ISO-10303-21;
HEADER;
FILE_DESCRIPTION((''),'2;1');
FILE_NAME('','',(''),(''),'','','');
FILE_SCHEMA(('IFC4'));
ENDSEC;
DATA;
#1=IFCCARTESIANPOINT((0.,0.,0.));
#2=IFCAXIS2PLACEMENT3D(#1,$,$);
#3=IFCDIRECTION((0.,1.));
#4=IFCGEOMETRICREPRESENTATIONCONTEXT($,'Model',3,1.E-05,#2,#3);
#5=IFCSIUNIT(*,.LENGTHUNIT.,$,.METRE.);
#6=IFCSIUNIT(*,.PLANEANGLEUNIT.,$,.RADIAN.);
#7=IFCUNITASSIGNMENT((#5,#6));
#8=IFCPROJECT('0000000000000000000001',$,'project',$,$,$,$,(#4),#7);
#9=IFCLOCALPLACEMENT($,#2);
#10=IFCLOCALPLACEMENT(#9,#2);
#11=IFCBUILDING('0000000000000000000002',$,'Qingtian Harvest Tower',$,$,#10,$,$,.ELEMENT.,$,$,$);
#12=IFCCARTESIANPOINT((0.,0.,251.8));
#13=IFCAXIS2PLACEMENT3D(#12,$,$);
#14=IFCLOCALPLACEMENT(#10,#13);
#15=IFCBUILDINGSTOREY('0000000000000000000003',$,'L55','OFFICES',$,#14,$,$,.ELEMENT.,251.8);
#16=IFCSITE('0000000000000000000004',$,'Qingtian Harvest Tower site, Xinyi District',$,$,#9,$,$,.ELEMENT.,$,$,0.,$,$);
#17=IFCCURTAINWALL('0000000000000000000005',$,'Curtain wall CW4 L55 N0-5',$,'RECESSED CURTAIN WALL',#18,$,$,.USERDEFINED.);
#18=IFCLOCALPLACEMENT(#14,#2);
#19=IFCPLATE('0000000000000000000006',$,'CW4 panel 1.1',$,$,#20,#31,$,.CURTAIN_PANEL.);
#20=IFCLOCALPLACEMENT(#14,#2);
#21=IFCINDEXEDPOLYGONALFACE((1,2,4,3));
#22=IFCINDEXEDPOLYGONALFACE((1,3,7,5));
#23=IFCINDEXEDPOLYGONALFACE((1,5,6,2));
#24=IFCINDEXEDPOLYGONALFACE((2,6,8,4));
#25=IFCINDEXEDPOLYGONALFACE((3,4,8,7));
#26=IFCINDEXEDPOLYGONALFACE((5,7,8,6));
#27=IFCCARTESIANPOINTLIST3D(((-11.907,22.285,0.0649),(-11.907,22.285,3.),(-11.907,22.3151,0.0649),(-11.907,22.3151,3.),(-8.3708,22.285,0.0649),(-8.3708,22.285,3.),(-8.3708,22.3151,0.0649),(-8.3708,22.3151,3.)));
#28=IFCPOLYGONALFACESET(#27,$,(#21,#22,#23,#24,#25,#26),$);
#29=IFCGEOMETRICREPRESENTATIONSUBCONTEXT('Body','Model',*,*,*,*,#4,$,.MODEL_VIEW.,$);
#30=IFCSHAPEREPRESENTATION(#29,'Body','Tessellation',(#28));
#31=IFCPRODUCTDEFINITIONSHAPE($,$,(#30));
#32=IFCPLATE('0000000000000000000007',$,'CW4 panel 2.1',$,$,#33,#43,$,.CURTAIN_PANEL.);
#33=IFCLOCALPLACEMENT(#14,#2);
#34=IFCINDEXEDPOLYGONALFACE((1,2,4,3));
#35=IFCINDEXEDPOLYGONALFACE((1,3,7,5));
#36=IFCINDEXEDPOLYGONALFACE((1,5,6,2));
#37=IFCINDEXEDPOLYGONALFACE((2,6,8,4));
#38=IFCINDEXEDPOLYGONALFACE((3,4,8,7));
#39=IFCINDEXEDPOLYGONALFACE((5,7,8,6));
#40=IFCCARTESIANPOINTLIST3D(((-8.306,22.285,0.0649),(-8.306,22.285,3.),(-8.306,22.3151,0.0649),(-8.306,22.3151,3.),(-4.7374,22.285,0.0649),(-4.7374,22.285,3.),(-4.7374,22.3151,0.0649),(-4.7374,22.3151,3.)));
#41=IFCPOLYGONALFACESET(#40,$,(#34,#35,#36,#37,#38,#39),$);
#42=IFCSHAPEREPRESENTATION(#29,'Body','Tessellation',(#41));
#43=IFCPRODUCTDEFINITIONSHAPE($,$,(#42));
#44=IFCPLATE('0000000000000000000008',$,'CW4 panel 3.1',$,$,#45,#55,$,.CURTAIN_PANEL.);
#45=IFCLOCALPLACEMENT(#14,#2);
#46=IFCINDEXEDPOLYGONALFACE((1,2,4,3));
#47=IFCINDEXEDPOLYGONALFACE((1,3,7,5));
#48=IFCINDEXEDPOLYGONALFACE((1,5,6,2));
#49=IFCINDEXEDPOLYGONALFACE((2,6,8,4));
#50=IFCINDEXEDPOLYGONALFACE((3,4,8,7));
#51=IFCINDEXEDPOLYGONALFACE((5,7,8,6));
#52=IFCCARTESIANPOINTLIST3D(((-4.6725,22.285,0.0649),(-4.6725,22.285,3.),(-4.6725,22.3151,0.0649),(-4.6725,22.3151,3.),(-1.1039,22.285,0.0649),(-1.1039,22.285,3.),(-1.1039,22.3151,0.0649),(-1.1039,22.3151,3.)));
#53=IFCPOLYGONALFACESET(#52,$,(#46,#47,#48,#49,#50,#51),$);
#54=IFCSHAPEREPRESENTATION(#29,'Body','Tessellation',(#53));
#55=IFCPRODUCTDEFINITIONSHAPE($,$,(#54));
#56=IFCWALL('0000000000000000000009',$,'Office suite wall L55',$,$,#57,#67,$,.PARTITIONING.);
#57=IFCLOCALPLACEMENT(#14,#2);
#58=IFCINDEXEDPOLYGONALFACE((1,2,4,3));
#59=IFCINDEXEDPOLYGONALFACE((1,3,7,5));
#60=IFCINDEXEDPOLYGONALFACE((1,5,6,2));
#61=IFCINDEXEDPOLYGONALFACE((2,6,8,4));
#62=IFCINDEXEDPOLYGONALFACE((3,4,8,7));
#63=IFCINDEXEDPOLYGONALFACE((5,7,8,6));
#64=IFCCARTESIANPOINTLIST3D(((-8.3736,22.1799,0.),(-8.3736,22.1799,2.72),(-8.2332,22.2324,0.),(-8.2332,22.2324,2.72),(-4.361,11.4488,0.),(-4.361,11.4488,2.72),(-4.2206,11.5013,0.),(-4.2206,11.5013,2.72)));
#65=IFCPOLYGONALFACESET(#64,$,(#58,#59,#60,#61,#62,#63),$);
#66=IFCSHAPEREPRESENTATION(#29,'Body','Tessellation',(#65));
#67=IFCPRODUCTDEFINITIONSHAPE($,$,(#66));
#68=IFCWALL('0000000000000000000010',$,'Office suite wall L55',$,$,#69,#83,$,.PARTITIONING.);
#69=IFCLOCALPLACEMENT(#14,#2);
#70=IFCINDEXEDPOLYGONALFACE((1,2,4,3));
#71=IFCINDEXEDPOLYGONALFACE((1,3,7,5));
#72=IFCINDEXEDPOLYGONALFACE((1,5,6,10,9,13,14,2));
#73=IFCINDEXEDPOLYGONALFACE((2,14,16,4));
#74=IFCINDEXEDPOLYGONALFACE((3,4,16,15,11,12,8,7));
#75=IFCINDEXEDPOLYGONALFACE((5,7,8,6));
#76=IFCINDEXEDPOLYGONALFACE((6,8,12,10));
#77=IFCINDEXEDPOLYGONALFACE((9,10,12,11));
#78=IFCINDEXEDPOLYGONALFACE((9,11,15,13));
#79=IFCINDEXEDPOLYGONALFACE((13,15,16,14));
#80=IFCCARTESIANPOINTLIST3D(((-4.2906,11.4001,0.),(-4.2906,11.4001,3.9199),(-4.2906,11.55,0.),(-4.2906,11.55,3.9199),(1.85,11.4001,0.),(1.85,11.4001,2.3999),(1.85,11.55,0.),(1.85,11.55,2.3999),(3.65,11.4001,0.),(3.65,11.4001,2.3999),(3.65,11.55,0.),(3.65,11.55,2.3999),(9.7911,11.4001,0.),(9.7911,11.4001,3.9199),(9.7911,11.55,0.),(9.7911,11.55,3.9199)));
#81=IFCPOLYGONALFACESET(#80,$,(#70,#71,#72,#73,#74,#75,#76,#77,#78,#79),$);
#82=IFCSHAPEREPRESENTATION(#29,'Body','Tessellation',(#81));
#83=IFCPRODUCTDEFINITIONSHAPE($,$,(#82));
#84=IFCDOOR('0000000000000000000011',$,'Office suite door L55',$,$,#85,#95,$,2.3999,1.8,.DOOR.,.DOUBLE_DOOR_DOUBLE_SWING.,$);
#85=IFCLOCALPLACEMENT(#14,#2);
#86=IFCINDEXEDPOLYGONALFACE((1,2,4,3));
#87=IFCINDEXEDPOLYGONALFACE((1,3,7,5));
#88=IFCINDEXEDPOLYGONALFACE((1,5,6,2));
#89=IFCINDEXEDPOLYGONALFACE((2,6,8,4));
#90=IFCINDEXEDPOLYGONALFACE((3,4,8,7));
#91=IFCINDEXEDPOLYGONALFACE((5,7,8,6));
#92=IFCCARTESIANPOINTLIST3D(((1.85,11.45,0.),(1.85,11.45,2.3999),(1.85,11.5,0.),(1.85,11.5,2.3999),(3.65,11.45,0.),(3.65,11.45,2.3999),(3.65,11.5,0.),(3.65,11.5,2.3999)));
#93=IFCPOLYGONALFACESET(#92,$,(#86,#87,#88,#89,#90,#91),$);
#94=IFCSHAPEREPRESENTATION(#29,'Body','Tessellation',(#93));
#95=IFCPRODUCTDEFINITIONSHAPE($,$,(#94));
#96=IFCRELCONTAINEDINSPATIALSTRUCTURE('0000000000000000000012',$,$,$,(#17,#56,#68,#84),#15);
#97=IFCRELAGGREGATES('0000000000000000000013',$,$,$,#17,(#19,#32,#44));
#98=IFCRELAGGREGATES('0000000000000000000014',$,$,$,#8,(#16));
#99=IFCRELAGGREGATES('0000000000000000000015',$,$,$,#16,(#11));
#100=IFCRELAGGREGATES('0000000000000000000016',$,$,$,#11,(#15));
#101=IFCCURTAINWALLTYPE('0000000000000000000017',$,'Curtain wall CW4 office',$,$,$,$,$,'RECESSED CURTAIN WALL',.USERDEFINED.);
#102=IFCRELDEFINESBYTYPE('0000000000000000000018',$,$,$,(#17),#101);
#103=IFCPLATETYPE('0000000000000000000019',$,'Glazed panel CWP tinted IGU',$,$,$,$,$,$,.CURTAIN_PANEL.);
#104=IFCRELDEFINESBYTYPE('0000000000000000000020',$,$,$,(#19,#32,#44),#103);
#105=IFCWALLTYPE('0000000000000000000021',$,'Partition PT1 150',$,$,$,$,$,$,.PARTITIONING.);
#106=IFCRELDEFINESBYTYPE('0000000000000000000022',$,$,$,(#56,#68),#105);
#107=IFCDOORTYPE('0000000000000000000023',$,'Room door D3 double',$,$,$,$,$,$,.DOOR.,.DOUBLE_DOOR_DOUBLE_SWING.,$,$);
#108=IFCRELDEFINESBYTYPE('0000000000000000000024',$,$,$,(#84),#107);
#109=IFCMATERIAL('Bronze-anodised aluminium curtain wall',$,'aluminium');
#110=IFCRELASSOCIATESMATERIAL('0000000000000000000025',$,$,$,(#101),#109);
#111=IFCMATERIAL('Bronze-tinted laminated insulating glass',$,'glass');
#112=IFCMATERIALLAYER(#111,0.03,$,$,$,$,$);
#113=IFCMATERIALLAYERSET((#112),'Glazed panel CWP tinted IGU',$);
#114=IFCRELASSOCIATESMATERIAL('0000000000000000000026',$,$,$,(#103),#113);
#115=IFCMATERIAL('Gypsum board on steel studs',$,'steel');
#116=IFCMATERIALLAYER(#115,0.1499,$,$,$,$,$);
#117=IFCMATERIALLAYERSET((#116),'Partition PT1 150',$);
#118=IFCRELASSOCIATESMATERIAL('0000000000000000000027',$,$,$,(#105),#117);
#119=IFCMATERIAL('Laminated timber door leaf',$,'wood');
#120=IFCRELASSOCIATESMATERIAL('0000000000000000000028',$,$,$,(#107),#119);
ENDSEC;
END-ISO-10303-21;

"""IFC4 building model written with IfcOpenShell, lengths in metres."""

from ifc_helpers import new_model, si_unit, direction, frame, frame_2d, origin, origin_2d, place, context, subcontext, project, spatial, rectangle, extrude, material, layer, layer_set, type_object, element, fill, aggregate, save


model = new_model("IFC4")

# Units and contexts
model_context = context("Model", 3, precision=1e-05, world=origin(), true_north=direction((0.0, 1.0)))
body_context = subcontext(model_context, "Body", "Model", "MODEL_VIEW")
ifc_project = project(units=[si_unit("LENGTHUNIT", "METRE"), si_unit("PLANEANGLEUNIT", "RADIAN")], contexts=[model_context])

# Site, building, storey
site_placement = place(None, origin())
site = spatial("IfcSite", under=ifc_project, at=site_placement, Name="Qingtian Harvest Tower site, Xinyi District", CompositionType="ELEMENT", RefElevation=0.0)
building_placement = place(site_placement, origin())
building = spatial("IfcBuilding", under=site, at=building_placement, Name="Qingtian Harvest Tower", CompositionType="ELEMENT")
storey_placement = place(building_placement, frame((0.0, 0.0, 251.8)))
storey = spatial("IfcBuildingStorey", under=building, at=storey_placement, Name="L55", Description="OFFICES", CompositionType="ELEMENT", Elevation=251.8)

# Curtain wall
ifc_material_1 = material(Name="Bronze-anodised aluminium curtain wall", Category="aluminium")
curtain_wall_type = type_object("IfcCurtainWallType", Name="Curtain wall CW4 office", ElementType="RECESSED CURTAIN WALL", PredefinedType="USERDEFINED", material=ifc_material_1)
curtain_wall_1_placement = place(storey_placement, origin())
curtain_wall_1 = element("IfcCurtainWall", 1, at=curtain_wall_1_placement, inside=storey, type_object=curtain_wall_type, Name="Curtain wall CW4 L55 N0-5", ObjectType="RECESSED CURTAIN WALL", PredefinedType="USERDEFINED")

# Plates
ifc_material_2 = material(Name="Bronze-tinted laminated insulating glass", Category="glass")
ifc_layer_1 = layer(ifc_material_2, 0.03)
ifc_layer_set_1 = layer_set([ifc_layer_1], Name="Glazed panel CWP tinted IGU")
plate_type = type_object("IfcPlateType", Name="Glazed panel CWP tinted IGU", PredefinedType="CURTAIN_PANEL", material=ifc_layer_set_1)
plate_1_placement = place(storey_placement, frame((-10.1389, 22.3, 0.0649), z_axis=(0.0, 0.0, 1.0), x_axis=(1.0, 0.0, 0.0)))
plate_1 = element("IfcPlate", 2, at=plate_1_placement, type_object=plate_type, Name="CW4 panel 1.1", PredefinedType="CURTAIN_PANEL", context=body_context, shape_type="SweptSolid", body=[
    extrude(rectangle(XDim=3.5361, YDim=0.03, at=origin_2d()), origin(), (0.0, 0.0, 1.0), 2.9351),
])
plate_2_placement = place(storey_placement, frame((-6.5217, 22.3, 0.0649), z_axis=(0.0, 0.0, 1.0), x_axis=(1.0, 0.0, 0.0)))
plate_2 = element("IfcPlate", 3, at=plate_2_placement, type_object=plate_type, Name="CW4 panel 2.1", PredefinedType="CURTAIN_PANEL", context=body_context, shape_type="SweptSolid", body=[
    extrude(rectangle(XDim=3.5686, YDim=0.03, at=origin_2d()), origin(), (0.0, 0.0, 1.0), 2.9351),
])
plate_3_placement = place(storey_placement, frame((-2.8882, 22.3, 0.0649), z_axis=(0.0, 0.0, 1.0), x_axis=(1.0, 0.0, 0.0)))
plate_3 = element("IfcPlate", 4, at=plate_3_placement, type_object=plate_type, Name="CW4 panel 3.1", PredefinedType="CURTAIN_PANEL", context=body_context, shape_type="SweptSolid", body=[
    extrude(rectangle(XDim=3.5686, YDim=0.03, at=origin_2d()), origin(), (0.0, 0.0, 1.0), 2.9351),
])
aggregate(curtain_wall_1, [plate_1, plate_2, plate_3])

# Wall
ifc_material_3 = material(Name="Gypsum board on steel studs", Category="steel")
ifc_layer_2 = layer(ifc_material_3, 0.1499)
ifc_layer_set_2 = layer_set([ifc_layer_2], Name="Partition PT1 150")
wall_type = type_object("IfcWallType", Name="Partition PT1 150", PredefinedType="PARTITIONING", material=ifc_layer_set_2)
wall_1_placement = place(storey_placement, frame((-8.3035, 22.2063, 0.0), z_axis=(0.0, 0.0, 1.0), x_axis=(0.350243, -0.936659, 0.0)))
element("IfcWall", 5, at=wall_1_placement, inside=storey, type_object=wall_type, Name="Office suite wall L55", PredefinedType="PARTITIONING", context=body_context, shape_type="SweptSolid", body=[
    extrude(rectangle(XDim=11.4568, YDim=0.1499, at=frame_2d((5.7285, 0.0))), origin(), (0.0, 0.0, 1.0), 2.72),
])

# Wall, opening, door
wall_2_placement = place(storey_placement, frame((-4.2908, 11.4751, 0.0), z_axis=(0.0, 0.0, 1.0), x_axis=(1.0, 0.0, 0.0)))
wall_2 = element("IfcWall", 6, at=wall_2_placement, inside=storey, type_object=wall_type, Name="Office suite wall L55", PredefinedType="PARTITIONING", context=body_context, shape_type="SweptSolid", body=[
    extrude(rectangle(XDim=14.0818, YDim=0.1499, at=frame_2d((7.041, 0.0))), origin(), (0.0, 0.0, 1.0), 3.9199),
])
opening_placement = place(wall_2_placement, frame((6.1409, 0.0, 0.0)))
opening = element("IfcOpeningElement", 7, at=opening_placement, cuts=wall_2, PredefinedType="OPENING", context=body_context, shape_type="SweptSolid", body=[
    extrude(rectangle(XDim=1.8, YDim=2.3999, at=frame_2d((0.8999, 1.2))), frame((0.0, 0.085, 0.0), z_axis=(0.0, -1.0, 0.0), x_axis=(1.0, 0.0, 0.0)), (0.0, 0.0, 1.0), 0.1699),
])
ifc_material_4 = material(Name="Laminated timber door leaf", Category="wood")
door_type = type_object("IfcDoorType", Name="Room door D3 double", OperationType="DOUBLE_DOOR_DOUBLE_SWING", PredefinedType="DOOR", material=ifc_material_4)
door_placement = place(opening_placement, origin())
door = element("IfcDoor", 8, at=door_placement, inside=storey, type_object=door_type, Name="Office suite door L55", OperationType="DOUBLE_DOOR_DOUBLE_SWING", OverallHeight=2.3999, OverallWidth=1.8, PredefinedType="DOOR", context=body_context, shape_type="SweptSolid", body=[
    extrude(rectangle(XDim=1.8, YDim=2.3999, at=frame_2d((0.8999, 1.2))), frame((0.0, 0.0249, 0.0), z_axis=(0.0, -1.0, 0.0), x_axis=(1.0, 0.0, 0.0)), (0.0, 0.0, 1.0), 0.05),
])
fill(opening, door)

save(model, "model.ifc")
